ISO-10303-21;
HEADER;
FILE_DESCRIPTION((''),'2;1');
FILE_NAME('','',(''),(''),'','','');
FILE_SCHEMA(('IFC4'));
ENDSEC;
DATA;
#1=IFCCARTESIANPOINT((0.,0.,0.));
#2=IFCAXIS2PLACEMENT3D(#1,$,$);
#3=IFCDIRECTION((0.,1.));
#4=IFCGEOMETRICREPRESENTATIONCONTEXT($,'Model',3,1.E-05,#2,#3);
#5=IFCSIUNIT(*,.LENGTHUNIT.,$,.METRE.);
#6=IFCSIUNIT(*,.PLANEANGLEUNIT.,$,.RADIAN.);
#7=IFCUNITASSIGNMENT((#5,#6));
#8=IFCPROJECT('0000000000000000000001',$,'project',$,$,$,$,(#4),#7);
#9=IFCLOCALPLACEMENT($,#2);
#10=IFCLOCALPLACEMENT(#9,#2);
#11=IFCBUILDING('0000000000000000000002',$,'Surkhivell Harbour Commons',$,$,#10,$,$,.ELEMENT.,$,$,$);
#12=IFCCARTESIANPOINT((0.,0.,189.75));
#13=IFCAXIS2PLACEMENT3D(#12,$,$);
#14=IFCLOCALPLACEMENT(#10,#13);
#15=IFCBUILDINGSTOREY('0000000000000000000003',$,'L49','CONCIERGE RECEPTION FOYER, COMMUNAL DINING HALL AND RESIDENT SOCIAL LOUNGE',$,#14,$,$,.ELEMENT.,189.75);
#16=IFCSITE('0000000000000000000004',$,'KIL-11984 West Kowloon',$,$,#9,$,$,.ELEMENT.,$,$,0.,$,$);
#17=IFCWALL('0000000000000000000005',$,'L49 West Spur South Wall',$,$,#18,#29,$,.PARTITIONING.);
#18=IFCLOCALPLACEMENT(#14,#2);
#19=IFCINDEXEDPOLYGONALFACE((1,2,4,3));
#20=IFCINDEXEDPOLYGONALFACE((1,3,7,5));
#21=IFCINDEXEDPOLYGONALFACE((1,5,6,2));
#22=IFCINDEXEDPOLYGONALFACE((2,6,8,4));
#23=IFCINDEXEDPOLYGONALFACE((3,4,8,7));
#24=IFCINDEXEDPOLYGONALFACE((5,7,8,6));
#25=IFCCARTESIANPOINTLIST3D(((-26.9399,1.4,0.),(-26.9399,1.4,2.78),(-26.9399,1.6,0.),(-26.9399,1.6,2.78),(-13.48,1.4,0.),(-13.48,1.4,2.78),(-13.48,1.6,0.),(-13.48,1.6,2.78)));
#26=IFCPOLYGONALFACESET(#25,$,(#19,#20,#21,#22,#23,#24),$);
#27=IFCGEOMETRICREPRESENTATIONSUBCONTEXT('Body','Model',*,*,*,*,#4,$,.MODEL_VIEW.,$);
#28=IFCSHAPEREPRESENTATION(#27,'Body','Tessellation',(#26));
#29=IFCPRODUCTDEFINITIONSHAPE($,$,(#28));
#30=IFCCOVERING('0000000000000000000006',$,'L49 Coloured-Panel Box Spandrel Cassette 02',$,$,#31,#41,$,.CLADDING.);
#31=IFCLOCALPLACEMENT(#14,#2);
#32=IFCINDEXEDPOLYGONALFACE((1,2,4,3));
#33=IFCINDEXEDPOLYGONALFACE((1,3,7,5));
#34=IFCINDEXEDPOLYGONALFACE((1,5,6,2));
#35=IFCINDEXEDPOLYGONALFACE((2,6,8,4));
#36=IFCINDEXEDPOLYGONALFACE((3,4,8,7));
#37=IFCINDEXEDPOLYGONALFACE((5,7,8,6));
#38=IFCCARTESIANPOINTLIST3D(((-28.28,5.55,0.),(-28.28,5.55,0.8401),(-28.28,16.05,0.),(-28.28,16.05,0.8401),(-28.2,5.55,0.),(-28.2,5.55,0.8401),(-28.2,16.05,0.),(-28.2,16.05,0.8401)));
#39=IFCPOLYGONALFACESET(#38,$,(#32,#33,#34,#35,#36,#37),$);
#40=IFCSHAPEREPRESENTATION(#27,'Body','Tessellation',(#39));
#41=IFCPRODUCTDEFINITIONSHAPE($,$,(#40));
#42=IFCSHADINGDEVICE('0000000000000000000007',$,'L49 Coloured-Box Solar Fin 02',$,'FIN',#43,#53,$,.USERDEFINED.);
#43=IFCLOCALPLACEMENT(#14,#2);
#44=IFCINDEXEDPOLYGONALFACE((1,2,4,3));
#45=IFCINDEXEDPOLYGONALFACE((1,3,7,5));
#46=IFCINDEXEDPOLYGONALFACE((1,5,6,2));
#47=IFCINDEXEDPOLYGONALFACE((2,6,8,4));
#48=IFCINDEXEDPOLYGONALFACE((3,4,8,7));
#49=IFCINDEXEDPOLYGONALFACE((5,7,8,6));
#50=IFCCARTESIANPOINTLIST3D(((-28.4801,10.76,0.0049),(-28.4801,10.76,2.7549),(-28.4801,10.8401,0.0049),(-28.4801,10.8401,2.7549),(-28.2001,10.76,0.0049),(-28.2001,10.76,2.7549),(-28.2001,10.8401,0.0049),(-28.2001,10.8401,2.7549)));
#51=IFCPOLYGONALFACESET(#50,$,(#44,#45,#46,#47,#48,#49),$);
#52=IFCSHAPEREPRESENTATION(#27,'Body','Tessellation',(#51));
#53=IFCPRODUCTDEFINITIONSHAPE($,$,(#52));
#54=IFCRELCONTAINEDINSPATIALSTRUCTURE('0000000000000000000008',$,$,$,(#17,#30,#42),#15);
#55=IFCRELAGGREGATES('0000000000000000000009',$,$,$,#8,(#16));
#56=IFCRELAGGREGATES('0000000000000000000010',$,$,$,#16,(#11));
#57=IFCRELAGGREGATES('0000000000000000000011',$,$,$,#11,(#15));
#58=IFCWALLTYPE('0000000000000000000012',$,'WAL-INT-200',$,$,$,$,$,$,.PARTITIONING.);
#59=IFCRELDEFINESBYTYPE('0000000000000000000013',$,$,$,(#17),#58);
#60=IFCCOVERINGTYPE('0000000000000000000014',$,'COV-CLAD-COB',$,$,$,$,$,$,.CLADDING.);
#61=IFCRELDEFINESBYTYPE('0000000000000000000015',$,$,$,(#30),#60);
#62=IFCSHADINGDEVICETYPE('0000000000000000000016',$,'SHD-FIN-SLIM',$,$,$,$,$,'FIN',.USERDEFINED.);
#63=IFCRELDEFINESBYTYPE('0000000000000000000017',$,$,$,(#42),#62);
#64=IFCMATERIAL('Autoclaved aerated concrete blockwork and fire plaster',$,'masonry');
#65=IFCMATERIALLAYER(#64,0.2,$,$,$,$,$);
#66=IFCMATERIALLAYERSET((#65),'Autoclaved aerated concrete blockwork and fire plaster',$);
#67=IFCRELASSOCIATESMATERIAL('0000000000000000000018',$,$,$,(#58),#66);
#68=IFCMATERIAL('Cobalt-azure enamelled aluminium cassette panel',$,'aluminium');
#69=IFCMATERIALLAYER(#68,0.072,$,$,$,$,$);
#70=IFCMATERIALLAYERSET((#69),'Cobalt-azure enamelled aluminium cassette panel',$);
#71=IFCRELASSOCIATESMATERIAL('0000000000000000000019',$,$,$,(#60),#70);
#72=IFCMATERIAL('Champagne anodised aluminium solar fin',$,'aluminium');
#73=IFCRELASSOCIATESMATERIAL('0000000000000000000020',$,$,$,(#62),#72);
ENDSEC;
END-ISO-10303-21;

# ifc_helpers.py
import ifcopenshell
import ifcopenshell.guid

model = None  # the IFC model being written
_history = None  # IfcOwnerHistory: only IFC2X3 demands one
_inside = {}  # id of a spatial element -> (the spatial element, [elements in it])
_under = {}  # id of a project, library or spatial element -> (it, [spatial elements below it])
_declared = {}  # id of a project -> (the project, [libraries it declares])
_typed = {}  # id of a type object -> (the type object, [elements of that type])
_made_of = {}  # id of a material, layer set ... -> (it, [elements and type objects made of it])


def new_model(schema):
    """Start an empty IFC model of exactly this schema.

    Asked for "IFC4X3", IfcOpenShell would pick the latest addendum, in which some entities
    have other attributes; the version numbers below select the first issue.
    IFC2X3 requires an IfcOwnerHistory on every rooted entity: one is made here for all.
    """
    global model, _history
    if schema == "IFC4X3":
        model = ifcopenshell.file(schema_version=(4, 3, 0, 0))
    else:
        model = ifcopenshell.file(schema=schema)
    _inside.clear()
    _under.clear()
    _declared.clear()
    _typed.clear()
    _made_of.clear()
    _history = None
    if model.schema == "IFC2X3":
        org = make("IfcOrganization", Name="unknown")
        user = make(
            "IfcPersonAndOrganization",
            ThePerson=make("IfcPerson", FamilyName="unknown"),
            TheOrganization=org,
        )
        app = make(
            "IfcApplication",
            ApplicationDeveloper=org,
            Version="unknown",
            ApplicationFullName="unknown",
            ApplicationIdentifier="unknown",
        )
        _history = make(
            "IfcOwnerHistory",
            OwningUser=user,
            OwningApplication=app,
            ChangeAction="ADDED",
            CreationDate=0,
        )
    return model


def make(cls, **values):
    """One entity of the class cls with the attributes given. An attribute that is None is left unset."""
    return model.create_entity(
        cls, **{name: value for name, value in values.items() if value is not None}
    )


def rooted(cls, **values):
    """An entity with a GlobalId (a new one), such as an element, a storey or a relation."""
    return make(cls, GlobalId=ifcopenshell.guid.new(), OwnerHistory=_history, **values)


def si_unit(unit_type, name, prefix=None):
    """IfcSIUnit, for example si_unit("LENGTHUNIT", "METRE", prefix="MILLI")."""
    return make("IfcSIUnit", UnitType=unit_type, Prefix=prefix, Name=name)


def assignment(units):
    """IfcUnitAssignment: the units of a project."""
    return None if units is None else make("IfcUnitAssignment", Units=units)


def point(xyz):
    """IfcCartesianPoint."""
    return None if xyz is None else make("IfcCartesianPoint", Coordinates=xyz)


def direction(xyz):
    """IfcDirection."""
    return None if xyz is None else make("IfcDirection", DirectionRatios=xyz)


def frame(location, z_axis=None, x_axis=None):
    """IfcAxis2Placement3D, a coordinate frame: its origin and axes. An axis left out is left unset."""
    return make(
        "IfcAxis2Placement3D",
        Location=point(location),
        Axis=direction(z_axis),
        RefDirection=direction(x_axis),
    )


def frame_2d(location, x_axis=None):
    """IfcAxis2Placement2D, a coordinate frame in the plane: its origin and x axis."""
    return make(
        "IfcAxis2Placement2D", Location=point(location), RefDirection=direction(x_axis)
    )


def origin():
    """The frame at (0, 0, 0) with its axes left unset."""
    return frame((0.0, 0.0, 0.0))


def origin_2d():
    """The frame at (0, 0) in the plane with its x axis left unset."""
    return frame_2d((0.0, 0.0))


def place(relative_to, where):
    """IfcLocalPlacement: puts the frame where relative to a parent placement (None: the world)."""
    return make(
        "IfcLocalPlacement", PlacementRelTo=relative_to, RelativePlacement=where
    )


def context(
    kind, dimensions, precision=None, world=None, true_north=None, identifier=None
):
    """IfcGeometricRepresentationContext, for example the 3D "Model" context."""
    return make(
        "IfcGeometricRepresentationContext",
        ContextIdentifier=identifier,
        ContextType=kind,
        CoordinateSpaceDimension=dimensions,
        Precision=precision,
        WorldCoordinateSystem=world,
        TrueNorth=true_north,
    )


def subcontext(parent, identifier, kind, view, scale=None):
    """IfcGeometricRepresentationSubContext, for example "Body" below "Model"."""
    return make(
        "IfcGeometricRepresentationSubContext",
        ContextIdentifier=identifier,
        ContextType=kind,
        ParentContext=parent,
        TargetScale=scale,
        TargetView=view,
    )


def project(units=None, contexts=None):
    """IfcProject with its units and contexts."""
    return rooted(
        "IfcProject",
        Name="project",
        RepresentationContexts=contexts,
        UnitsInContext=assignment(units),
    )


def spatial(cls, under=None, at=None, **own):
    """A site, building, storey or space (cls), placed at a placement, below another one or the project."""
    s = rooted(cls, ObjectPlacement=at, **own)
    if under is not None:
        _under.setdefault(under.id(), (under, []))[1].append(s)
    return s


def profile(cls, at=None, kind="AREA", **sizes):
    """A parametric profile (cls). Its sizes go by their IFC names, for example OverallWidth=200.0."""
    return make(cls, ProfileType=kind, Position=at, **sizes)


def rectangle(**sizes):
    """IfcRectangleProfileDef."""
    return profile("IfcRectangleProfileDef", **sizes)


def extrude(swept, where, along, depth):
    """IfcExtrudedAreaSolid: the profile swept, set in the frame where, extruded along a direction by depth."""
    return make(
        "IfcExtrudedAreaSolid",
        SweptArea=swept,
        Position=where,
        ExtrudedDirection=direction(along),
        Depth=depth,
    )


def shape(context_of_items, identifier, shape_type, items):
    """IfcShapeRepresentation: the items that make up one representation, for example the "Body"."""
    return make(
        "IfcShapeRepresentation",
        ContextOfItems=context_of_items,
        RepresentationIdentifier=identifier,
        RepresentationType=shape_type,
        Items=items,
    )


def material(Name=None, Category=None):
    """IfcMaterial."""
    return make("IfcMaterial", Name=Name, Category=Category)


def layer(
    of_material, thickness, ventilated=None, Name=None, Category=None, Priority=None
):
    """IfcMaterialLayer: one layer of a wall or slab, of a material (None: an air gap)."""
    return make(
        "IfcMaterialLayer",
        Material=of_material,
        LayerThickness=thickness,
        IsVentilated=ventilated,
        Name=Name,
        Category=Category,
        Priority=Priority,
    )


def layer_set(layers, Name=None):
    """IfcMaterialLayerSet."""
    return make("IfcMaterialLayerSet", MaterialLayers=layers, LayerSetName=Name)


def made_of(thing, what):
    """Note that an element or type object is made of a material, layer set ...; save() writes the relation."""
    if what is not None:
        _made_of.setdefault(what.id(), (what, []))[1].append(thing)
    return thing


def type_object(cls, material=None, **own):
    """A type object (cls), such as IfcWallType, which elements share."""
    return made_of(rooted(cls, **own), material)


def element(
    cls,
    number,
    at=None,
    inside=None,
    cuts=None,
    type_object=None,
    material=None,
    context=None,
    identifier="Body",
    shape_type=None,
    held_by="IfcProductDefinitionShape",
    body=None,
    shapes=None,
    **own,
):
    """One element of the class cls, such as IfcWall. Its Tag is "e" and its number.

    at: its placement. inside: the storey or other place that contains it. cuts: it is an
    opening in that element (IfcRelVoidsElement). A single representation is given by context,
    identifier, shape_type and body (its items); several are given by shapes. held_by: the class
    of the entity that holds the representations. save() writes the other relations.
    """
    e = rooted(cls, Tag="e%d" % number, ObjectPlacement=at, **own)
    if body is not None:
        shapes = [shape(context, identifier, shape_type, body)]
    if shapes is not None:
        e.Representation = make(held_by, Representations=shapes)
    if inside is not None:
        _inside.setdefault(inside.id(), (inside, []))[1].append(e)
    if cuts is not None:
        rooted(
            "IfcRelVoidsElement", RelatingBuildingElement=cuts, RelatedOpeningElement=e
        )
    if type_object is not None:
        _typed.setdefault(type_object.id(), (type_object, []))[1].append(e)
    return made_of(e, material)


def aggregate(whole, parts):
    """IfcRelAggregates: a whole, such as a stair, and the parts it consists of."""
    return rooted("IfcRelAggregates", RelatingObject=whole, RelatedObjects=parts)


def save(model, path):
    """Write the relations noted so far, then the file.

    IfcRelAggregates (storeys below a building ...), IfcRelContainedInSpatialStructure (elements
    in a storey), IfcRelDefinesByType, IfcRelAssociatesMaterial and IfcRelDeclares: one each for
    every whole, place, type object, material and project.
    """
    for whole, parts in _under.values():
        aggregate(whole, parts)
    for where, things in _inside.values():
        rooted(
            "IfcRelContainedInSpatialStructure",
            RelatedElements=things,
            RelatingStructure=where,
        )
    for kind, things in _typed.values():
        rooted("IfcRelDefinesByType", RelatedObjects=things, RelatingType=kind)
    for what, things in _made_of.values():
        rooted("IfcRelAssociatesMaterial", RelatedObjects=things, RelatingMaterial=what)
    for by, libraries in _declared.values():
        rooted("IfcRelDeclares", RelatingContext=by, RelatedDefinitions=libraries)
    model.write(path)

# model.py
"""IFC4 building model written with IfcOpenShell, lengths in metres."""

from ifc_helpers import new_model, si_unit, direction, frame, frame_2d, origin, origin_2d, place, context, subcontext, project, spatial, rectangle, extrude, material, layer, layer_set, type_object, element, save


model = new_model("IFC4")

# Units and contexts
model_context = context("Model", 3, precision=1e-05, world=origin(), true_north=direction((0.0, 1.0)))
body_context = subcontext(model_context, "Body", "Model", "MODEL_VIEW")
ifc_project = project(units=[si_unit("LENGTHUNIT", "METRE"), si_unit("PLANEANGLEUNIT", "RADIAN")], contexts=[model_context])

# Site, building, storey
site_placement = place(None, origin())
site = spatial("IfcSite", under=ifc_project, at=site_placement, Name="KIL-11984 West Kowloon", CompositionType="ELEMENT", RefElevation=0.0)
building_placement = place(site_placement, origin())
building = spatial("IfcBuilding", under=site, at=building_placement, Name="Surkhivell Harbour Commons", CompositionType="ELEMENT")
storey_placement = place(building_placement, frame((0.0, 0.0, 189.75)))
storey = spatial("IfcBuildingStorey", under=building, at=storey_placement, Name="L49", Description="CONCIERGE RECEPTION FOYER, COMMUNAL DINING HALL AND RESIDENT SOCIAL LOUNGE", CompositionType="ELEMENT", Elevation=189.75)

# Wall
ifc_material_1 = material(Name="Autoclaved aerated concrete blockwork and fire plaster", Category="masonry")
ifc_layer_1 = layer(ifc_material_1, 0.2)
ifc_layer_set_1 = layer_set([ifc_layer_1], Name="Autoclaved aerated concrete blockwork and fire plaster")
wall_type_1 = type_object("IfcWallType", Name="WAL-INT-200", PredefinedType="PARTITIONING", material=ifc_layer_set_1)
for number, where, z_axis, x_axis, name in (
    (1, (-26.9399, 1.5, 0.0), (0.0, 0.0, 1.0), (1.0, 0.0, 0.0), "L49 West Spur South Wall"),
):
    element("IfcWall", number, at=place(storey_placement, frame(where, z_axis=z_axis, x_axis=x_axis)), inside=storey, type_object=wall_type_1, Name=name, PredefinedType="PARTITIONING", context=body_context, shape_type="SweptSolid", body=[
        extrude(rectangle(XDim=13.46, YDim=0.2, at=frame_2d((6.73, 0.0))), origin(), (0.0, 0.0, 1.0), 2.78),
    ])

# Covering
ifc_material_2 = material(Name="Cobalt-azure enamelled aluminium cassette panel", Category="aluminium")
ifc_layer_2 = layer(ifc_material_2, 0.072)
ifc_layer_set_2 = layer_set([ifc_layer_2], Name="Cobalt-azure enamelled aluminium cassette panel")
covering_type = type_object("IfcCoveringType", Name="COV-CLAD-COB", PredefinedType="CLADDING", material=ifc_layer_set_2)
covering_placement = place(storey_placement, frame((-28.24, 10.8, 0.0), z_axis=(0.0, 0.0, 1.0), x_axis=(1.0, 0.0, 0.0)))
element("IfcCovering", 2, at=covering_placement, inside=storey, type_object=covering_type, Name="L49 Coloured-Panel Box Spandrel Cassette 02", PredefinedType="CLADDING", context=body_context, shape_type="SweptSolid", body=[
    extrude(rectangle(XDim=0.0801, YDim=10.5, at=origin_2d()), origin(), (0.0, 0.0, 1.0), 0.8401),
])

# Shading device
ifc_material_3 = material(Name="Champagne anodised aluminium solar fin", Category="aluminium")
shading_device_type = type_object("IfcShadingDeviceType", Name="SHD-FIN-SLIM", ElementType="FIN", PredefinedType="USERDEFINED", material=ifc_material_3)
shading_device_placement = place(storey_placement, frame((-28.3401, 10.8, 0.0049), z_axis=(0.0, 0.0, 1.0), x_axis=(1.0, 0.0, 0.0)))
element("IfcShadingDevice", 3, at=shading_device_placement, inside=storey, type_object=shading_device_type, Name="L49 Coloured-Box Solar Fin 02", ObjectType="FIN", PredefinedType="USERDEFINED", context=body_context, shape_type="SweptSolid", body=[
    extrude(rectangle(XDim=0.28, YDim=0.0801, at=origin_2d()), origin(), (0.0, 0.0, 1.0), 2.75),
])

save(model, "model.ifc")
